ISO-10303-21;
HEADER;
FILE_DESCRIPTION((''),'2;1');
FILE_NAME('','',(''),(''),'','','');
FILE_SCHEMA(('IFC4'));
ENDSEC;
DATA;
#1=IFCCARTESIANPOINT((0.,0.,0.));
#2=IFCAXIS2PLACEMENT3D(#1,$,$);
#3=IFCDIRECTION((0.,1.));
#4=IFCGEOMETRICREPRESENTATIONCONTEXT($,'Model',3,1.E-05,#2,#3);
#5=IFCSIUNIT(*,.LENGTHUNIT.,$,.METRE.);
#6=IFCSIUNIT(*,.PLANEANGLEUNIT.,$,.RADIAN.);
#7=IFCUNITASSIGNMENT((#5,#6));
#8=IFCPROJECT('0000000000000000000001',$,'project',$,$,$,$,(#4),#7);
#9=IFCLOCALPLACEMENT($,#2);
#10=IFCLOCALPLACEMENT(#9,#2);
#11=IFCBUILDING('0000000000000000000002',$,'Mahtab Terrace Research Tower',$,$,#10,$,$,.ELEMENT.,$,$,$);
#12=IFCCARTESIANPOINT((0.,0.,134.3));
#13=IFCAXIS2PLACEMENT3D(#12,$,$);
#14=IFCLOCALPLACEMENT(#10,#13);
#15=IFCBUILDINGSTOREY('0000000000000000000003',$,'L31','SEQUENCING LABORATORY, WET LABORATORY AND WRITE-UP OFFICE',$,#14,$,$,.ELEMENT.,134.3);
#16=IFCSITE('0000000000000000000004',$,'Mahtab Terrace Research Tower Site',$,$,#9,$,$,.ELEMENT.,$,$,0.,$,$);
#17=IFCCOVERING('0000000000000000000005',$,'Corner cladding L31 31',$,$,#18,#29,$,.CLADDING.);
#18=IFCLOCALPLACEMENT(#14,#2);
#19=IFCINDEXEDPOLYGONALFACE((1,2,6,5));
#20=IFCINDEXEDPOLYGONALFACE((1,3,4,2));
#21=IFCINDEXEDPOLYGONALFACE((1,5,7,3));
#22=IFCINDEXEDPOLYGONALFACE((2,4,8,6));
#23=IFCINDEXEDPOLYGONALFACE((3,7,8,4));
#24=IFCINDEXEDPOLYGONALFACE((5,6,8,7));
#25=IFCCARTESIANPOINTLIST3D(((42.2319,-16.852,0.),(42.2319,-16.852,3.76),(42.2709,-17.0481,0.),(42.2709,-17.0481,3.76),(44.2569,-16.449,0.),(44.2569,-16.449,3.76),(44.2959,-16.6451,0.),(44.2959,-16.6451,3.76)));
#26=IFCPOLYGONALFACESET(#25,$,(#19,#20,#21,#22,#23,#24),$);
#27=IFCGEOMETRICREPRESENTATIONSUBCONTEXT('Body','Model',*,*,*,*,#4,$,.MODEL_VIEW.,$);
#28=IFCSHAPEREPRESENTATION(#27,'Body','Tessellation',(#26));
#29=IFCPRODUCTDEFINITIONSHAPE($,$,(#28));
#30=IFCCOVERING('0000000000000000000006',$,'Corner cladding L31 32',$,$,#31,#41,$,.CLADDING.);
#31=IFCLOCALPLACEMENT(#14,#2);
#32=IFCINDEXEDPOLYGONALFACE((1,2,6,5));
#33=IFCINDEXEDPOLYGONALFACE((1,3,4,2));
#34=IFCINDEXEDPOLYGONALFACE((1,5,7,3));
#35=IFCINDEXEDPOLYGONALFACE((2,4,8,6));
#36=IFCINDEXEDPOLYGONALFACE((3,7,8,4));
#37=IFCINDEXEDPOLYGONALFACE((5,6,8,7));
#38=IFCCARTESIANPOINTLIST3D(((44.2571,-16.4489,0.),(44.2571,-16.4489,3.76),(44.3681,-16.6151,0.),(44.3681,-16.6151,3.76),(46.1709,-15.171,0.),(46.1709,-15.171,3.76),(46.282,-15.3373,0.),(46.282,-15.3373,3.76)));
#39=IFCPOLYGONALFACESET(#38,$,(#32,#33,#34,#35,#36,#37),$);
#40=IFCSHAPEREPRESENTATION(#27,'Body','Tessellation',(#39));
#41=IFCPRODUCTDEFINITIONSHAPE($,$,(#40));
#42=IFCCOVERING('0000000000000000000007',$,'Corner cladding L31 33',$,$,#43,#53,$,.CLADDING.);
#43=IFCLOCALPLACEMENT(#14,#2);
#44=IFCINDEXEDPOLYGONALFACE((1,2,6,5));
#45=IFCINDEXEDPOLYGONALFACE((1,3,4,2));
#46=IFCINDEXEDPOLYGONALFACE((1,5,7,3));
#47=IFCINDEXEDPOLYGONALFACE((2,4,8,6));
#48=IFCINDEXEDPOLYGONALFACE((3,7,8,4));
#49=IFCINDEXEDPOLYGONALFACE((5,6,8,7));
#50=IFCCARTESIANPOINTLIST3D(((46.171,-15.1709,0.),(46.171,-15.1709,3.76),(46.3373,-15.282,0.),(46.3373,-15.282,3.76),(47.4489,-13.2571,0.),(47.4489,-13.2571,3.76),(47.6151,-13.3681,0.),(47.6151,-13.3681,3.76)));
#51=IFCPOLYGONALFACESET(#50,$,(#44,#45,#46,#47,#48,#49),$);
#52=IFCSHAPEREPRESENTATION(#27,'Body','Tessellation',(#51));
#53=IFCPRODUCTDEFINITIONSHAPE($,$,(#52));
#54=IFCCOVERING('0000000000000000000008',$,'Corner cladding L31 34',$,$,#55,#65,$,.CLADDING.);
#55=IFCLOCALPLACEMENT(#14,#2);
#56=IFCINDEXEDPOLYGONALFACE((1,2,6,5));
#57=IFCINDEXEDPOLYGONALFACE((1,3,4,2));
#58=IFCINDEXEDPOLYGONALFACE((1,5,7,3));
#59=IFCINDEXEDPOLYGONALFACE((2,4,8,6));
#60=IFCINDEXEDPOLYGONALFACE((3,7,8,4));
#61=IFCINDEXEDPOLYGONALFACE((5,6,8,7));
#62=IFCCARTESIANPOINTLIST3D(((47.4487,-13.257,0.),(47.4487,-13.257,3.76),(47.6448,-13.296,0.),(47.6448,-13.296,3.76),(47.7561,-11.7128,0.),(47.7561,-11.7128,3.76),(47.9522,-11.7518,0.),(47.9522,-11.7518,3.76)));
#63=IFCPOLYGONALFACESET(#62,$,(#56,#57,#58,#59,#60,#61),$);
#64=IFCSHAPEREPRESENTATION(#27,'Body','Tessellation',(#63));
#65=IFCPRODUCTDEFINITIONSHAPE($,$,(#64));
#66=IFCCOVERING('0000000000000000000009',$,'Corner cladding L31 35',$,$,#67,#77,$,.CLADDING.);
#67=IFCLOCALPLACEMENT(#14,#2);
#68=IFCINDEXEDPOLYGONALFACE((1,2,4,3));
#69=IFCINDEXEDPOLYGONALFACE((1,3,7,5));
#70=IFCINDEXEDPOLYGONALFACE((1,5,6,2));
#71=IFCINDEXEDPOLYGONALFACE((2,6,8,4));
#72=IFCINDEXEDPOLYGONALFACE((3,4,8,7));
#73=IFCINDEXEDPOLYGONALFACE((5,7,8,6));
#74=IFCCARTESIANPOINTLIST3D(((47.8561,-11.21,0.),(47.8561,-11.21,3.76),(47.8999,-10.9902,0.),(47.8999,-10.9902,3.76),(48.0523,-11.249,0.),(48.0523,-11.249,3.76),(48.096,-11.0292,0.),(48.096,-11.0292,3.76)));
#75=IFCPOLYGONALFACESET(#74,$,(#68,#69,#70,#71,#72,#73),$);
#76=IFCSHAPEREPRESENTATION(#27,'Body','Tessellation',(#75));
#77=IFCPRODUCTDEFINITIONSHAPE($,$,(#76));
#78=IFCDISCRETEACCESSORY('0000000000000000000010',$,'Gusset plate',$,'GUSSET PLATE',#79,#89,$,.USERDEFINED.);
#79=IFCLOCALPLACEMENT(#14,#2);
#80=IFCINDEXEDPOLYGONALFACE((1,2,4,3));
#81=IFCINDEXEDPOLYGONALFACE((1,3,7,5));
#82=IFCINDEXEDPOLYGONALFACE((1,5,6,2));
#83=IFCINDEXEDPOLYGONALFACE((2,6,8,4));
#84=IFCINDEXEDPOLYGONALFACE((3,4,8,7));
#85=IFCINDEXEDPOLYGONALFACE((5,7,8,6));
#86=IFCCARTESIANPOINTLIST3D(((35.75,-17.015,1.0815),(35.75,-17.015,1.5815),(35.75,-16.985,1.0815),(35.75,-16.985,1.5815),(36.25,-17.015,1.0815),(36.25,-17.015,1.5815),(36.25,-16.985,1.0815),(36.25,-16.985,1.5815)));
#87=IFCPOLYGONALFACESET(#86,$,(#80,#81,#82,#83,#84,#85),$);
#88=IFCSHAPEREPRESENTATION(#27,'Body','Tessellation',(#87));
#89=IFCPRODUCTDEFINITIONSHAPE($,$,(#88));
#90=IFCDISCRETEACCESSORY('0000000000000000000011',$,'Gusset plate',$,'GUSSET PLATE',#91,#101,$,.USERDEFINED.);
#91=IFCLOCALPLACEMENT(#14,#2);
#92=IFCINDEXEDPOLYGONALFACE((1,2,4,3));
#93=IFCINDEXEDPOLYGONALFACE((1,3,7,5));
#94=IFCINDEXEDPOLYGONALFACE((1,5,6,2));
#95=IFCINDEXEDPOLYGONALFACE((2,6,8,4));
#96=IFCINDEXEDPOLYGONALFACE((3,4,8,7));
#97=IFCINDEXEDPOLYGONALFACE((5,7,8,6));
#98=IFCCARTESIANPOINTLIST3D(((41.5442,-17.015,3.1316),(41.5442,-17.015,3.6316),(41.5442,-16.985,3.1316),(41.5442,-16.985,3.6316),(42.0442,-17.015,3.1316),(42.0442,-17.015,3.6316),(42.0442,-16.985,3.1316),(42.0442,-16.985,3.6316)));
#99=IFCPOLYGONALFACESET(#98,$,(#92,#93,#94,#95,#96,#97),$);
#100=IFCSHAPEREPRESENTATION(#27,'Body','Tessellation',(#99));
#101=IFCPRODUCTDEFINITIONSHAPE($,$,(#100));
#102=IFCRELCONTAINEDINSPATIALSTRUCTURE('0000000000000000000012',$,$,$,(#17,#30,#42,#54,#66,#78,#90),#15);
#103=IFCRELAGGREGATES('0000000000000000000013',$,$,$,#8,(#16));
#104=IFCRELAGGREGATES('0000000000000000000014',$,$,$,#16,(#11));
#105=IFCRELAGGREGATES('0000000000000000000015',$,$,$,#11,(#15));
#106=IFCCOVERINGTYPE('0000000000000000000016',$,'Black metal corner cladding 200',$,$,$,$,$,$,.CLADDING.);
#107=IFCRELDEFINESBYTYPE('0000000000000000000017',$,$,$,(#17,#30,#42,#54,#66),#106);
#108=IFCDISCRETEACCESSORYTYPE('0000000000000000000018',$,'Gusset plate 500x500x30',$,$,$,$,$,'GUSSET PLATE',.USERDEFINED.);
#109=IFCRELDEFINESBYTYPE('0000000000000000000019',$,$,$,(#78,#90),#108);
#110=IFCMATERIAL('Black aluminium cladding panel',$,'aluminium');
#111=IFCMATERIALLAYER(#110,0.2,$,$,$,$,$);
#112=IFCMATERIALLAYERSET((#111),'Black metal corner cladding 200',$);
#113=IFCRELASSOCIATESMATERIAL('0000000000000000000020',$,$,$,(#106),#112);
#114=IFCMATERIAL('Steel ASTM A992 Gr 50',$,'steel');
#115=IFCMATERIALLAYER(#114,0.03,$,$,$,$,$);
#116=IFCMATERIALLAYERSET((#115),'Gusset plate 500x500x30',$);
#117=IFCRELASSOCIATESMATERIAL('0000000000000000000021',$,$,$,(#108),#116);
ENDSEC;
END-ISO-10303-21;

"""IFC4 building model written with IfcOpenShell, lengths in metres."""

from ifc_helpers import new_model, si_unit, direction, frame, origin, origin_2d, place, context, subcontext, project, spatial, rectangle, extrude, material, layer, layer_set, type_object, element, save


model = new_model("IFC4")

# Units and contexts
model_context = context("Model", 3, precision=1e-05, world=origin(), true_north=direction((0.0, 1.0)))
body_context = subcontext(model_context, "Body", "Model", "MODEL_VIEW")
ifc_project = project(units=[si_unit("LENGTHUNIT", "METRE"), si_unit("PLANEANGLEUNIT", "RADIAN")], contexts=[model_context])

# Site, building, storey
site_placement = place(None, origin())
site = spatial("IfcSite", under=ifc_project, at=site_placement, Name="Mahtab Terrace Research Tower Site", CompositionType="ELEMENT", RefElevation=0.0)
building_placement = place(site_placement, origin())
building = spatial("IfcBuilding", under=site, at=building_placement, Name="Mahtab Terrace Research Tower", CompositionType="ELEMENT")
storey_placement = place(building_placement, frame((0.0, 0.0, 134.3)))
storey = spatial("IfcBuildingStorey", under=building, at=storey_placement, Name="L31", Description="SEQUENCING LABORATORY, WET LABORATORY AND WRITE-UP OFFICE", CompositionType="ELEMENT", Elevation=134.3)

# Shared definitions
ifc_material_1 = material(Name="Steel ASTM A992 Gr 50", Category="steel")

# Coverings
ifc_material_2 = material(Name="Black aluminium cladding panel", Category="aluminium")
ifc_layer_1 = layer(ifc_material_2, 0.2)
ifc_layer_set_1 = layer_set([ifc_layer_1], Name="Black metal corner cladding 200")
covering_type = type_object("IfcCoveringType", Name="Black metal corner cladding 200", PredefinedType="CLADDING", material=ifc_layer_set_1)
covering_1_placement = place(storey_placement, frame((43.2639, -16.7485, 0.0), z_axis=(0.0, 0.0, 1.0), x_axis=(0.980761, 0.195212, 0.0)))
element("IfcCovering", 1, at=covering_1_placement, inside=storey, type_object=covering_type, Name="Corner cladding L31 31", PredefinedType="CLADDING", context=body_context, shape_type="SweptSolid", body=[
    extrude(rectangle(XDim=2.0647, YDim=0.2, at=origin_2d()), origin(), (0.0, 0.0, 1.0), 3.76),
])
for number, where, z_axis, x_axis, name in (
    (2, (45.2695, -15.8931, 0.0), (0.0, 0.0, 1.0), (0.831656, 0.555291, 0.0), "Corner cladding L31 32"),
    (3, (46.8931, -14.2695, 0.0), (0.0, 0.0, 1.0), (0.555291, 0.831656, 0.0), "Corner cladding L31 33"),
):
    element("IfcCovering", number, at=place(storey_placement, frame(where, z_axis=z_axis, x_axis=x_axis)), inside=storey, type_object=covering_type, Name=name, PredefinedType="CLADDING", context=body_context, shape_type="SweptSolid", body=[
        extrude(rectangle(XDim=2.3013, YDim=0.2, at=origin_2d()), origin(), (0.0, 0.0, 1.0), 3.76),
    ])
covering_2_placement = place(storey_placement, frame((47.7004, -12.5044, 0.0), z_axis=(0.0, 0.0, 1.0), x_axis=(0.195212, 0.980761, 0.0)))
element("IfcCovering", 4, at=covering_2_placement, inside=storey, type_object=covering_type, Name="Corner cladding L31 34", PredefinedType="CLADDING", context=body_context, shape_type="SweptSolid", body=[
    extrude(rectangle(XDim=1.5745, YDim=0.2, at=origin_2d()), origin(), (0.0, 0.0, 1.0), 3.76),
])
covering_3_placement = place(storey_placement, frame((47.9761, -11.1196, 0.0), z_axis=(0.0, 0.0, 1.0), x_axis=(0.195212, 0.980761, 0.0)))
element("IfcCovering", 5, at=covering_3_placement, inside=storey, type_object=covering_type, Name="Corner cladding L31 35", PredefinedType="CLADDING", context=body_context, shape_type="SweptSolid", body=[
    extrude(rectangle(XDim=0.2241, YDim=0.2, at=origin_2d()), origin(), (0.0, 0.0, 1.0), 3.76),
])

# Discrete accessories
ifc_layer_2 = layer(ifc_material_1, 0.03)
ifc_layer_set_2 = layer_set([ifc_layer_2], Name="Gusset plate 500x500x30")
discrete_accessory_type = type_object("IfcDiscreteAccessoryType", Name="Gusset plate 500x500x30", ElementType="GUSSET PLATE", PredefinedType="USERDEFINED", material=ifc_layer_set_2)
for number, where, z_axis, x_axis, name in (
    (6, (36.0, -17.0, 1.0815), (0.0, 0.0, 1.0), (1.0, 0.0, 0.0), "Gusset plate"),
    (7, (41.7942, -17.0, 3.1316), (0.0, 0.0, 1.0), (1.0, 0.0, 0.0), "Gusset plate"),
):
    element("IfcDiscreteAccessory", number, at=place(storey_placement, frame(where, z_axis=z_axis, x_axis=x_axis)), inside=storey, type_object=discrete_accessory_type, Name=name, ObjectType="GUSSET PLATE", PredefinedType="USERDEFINED", context=body_context, shape_type="SweptSolid", body=[
        extrude(rectangle(XDim=0.5, YDim=0.03, at=origin_2d()), origin(), (0.0, 0.0, 1.0), 0.5),
    ])

save(model, "model.ifc")
